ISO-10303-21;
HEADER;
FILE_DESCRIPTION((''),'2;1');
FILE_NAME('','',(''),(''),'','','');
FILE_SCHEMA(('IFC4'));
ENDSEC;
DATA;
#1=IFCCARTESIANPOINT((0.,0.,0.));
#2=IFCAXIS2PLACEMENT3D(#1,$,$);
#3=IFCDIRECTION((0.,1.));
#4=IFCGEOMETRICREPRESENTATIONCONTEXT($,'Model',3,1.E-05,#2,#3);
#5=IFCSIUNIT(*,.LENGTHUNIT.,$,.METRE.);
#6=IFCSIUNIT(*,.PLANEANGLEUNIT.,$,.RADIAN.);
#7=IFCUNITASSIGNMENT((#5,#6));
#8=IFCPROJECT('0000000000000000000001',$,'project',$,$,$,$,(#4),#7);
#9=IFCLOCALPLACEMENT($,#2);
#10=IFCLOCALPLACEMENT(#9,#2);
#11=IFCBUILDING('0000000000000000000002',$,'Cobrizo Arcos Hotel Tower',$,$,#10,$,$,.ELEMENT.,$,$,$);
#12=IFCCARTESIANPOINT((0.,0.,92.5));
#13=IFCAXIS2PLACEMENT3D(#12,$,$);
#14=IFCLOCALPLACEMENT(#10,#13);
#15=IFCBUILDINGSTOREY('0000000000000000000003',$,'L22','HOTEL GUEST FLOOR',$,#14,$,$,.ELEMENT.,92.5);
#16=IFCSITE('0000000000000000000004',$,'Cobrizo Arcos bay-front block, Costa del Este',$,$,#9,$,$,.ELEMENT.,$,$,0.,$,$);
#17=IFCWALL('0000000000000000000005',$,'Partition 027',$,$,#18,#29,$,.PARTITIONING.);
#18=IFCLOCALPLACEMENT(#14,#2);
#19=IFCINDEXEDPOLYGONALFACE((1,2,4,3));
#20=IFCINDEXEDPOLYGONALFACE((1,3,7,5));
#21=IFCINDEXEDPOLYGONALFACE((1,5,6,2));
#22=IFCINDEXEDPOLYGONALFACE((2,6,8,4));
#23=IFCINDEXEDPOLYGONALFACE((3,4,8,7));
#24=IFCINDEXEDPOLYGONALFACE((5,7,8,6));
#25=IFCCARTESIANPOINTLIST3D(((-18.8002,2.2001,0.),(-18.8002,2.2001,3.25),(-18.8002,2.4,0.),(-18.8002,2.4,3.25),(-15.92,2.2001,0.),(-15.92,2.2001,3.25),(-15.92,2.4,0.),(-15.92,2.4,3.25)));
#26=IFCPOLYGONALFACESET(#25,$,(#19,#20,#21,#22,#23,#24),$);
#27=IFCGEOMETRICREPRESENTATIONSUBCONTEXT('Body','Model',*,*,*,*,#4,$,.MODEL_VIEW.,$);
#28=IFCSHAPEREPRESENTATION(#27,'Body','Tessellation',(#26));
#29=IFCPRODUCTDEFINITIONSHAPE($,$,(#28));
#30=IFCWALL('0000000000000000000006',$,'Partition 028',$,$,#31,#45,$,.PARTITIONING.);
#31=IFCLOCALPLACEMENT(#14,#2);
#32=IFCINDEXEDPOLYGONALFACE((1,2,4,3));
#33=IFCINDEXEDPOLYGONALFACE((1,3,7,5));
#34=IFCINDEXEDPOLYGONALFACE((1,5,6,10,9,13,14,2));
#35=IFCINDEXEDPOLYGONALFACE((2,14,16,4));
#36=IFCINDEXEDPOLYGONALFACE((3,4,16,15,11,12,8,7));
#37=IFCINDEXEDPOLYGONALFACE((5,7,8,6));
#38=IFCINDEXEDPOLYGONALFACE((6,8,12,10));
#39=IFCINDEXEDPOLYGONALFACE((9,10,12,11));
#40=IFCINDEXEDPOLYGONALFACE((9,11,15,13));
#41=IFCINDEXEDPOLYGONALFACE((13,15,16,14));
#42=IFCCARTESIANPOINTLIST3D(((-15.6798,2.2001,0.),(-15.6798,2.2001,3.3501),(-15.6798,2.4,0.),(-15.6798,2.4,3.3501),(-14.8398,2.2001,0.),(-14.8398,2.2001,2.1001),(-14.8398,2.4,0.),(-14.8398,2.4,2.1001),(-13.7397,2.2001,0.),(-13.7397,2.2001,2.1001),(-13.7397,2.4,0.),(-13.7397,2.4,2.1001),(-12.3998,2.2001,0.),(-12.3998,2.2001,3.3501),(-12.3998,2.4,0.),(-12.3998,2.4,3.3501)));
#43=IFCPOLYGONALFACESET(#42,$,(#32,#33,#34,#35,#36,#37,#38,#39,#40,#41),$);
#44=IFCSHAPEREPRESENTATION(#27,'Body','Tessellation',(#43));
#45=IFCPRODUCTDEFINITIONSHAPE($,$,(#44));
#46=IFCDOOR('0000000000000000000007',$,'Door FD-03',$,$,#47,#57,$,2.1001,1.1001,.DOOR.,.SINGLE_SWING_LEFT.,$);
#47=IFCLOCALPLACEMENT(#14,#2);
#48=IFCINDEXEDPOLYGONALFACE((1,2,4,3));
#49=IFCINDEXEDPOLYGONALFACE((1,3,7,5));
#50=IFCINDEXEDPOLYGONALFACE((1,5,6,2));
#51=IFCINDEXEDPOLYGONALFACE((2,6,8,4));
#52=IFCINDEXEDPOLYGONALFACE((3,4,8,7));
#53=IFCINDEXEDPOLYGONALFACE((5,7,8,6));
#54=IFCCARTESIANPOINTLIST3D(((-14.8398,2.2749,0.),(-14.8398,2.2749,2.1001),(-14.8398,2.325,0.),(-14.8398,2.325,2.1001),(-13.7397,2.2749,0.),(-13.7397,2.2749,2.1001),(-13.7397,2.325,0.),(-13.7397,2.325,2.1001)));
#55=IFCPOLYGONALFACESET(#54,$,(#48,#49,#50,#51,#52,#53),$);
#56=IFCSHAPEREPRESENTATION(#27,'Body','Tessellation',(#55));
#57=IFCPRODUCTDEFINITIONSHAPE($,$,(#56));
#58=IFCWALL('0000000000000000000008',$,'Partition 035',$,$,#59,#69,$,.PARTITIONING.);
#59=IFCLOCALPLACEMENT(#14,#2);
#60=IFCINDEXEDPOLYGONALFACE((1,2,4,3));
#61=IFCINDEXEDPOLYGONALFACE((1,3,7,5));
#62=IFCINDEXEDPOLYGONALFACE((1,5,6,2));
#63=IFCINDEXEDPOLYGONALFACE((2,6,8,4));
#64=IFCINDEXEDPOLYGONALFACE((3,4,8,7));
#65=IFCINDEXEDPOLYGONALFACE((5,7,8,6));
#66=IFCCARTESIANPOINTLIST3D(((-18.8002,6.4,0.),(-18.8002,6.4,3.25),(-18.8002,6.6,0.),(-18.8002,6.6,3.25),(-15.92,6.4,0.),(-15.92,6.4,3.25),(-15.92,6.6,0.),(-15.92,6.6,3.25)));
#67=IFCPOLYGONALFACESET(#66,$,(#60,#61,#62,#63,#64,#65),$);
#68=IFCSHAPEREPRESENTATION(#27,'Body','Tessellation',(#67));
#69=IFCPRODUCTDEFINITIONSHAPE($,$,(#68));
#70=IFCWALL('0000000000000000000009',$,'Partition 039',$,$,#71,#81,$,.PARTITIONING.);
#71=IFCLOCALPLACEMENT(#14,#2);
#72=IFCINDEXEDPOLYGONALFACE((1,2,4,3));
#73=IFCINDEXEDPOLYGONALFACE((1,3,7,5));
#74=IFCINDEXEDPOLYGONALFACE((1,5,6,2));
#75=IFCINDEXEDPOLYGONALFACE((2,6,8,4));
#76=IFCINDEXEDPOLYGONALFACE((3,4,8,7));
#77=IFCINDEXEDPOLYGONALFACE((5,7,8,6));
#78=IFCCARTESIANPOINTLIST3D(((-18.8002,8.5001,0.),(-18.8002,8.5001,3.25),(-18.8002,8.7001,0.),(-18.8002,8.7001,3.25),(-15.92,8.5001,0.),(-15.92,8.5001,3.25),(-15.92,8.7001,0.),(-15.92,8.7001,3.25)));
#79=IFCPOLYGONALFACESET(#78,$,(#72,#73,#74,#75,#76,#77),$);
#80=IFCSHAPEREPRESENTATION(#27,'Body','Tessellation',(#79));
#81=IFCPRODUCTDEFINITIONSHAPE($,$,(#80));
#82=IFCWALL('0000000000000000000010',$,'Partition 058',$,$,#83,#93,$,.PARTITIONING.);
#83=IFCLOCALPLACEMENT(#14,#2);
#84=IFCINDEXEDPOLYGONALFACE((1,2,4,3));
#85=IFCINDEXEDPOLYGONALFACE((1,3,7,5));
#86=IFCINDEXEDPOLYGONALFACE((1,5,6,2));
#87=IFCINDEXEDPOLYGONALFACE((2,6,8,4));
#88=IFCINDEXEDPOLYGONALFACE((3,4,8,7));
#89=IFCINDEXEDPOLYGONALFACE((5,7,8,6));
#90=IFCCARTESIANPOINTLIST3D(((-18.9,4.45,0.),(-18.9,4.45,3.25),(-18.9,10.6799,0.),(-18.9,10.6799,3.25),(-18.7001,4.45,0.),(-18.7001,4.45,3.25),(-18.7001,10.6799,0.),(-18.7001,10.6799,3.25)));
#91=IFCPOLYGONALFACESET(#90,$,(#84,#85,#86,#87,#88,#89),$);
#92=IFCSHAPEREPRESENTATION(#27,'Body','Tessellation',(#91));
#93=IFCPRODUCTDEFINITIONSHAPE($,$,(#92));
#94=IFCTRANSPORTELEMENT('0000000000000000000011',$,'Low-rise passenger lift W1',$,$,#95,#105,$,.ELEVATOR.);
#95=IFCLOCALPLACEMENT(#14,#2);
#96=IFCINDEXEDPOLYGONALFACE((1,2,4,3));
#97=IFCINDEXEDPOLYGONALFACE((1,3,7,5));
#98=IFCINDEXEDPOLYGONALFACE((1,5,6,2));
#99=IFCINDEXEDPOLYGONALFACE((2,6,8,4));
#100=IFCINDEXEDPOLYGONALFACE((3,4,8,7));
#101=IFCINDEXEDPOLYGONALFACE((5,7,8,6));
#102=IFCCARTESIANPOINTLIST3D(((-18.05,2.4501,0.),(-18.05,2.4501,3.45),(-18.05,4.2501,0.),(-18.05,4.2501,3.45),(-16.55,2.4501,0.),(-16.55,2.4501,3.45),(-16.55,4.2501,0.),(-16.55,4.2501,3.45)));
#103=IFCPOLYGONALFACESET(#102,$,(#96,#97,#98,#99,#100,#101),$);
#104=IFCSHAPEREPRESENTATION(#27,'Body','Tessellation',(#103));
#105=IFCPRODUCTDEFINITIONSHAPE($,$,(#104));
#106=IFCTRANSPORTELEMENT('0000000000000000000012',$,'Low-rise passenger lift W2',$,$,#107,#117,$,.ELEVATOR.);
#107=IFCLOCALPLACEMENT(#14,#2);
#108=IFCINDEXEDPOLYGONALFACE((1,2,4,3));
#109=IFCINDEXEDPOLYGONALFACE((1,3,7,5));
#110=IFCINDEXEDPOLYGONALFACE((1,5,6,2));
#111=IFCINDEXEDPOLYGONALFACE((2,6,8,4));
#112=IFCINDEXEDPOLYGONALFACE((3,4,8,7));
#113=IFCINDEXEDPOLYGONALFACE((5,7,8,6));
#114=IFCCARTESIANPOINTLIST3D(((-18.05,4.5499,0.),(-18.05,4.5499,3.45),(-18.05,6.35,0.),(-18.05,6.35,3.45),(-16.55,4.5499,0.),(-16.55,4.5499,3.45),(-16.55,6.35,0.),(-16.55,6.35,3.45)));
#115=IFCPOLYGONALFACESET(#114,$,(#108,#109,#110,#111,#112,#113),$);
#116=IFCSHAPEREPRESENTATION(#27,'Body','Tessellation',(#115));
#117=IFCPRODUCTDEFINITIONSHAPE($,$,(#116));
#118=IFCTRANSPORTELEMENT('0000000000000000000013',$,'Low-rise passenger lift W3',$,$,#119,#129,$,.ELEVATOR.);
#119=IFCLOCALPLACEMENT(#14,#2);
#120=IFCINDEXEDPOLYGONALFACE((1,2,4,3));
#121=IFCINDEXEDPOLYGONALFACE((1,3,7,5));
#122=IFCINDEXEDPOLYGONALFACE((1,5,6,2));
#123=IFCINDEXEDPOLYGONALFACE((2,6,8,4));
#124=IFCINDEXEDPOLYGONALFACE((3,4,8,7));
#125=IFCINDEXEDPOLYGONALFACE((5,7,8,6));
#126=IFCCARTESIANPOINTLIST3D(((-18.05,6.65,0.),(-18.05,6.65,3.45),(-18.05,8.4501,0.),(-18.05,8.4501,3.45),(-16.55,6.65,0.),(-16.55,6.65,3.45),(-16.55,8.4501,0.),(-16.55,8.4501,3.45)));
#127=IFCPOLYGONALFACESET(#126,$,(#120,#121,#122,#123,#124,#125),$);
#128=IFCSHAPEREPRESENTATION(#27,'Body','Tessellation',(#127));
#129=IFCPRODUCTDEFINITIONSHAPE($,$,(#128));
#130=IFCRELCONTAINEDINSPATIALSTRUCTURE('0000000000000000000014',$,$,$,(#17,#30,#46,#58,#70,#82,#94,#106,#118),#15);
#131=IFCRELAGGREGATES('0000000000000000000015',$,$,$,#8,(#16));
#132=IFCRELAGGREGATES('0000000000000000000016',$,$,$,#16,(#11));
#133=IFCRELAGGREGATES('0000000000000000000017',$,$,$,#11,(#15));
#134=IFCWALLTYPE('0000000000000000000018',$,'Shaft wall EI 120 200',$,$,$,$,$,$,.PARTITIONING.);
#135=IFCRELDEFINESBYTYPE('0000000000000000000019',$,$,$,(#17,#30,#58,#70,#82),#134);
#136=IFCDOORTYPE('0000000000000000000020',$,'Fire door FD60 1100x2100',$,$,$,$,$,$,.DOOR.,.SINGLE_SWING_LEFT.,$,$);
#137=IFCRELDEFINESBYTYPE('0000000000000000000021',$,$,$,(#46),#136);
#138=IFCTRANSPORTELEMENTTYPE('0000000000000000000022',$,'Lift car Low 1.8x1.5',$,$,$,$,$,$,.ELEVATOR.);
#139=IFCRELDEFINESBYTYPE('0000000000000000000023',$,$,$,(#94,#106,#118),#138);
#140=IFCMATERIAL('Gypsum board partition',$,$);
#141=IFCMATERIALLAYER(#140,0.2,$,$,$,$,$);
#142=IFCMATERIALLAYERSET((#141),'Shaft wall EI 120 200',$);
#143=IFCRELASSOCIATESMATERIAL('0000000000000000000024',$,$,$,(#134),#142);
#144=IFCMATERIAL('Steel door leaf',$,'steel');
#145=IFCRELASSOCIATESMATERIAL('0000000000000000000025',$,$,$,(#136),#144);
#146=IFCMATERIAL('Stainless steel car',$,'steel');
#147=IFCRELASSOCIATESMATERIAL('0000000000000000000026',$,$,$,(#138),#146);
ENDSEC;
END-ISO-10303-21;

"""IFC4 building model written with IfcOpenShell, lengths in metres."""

from ifc_helpers import new_model, si_unit, direction, frame, frame_2d, origin, origin_2d, place, context, subcontext, project, spatial, rectangle, extrude, material, layer, layer_set, type_object, element, fill, save


model = new_model("IFC4")

# Units and contexts
model_context = context("Model", 3, precision=1e-05, world=origin(), true_north=direction((0.0, 1.0)))
body_context = subcontext(model_context, "Body", "Model", "MODEL_VIEW")
ifc_project = project(units=[si_unit("LENGTHUNIT", "METRE"), si_unit("PLANEANGLEUNIT", "RADIAN")], contexts=[model_context])

# Site, building, storey
site_placement = place(None, origin())
site = spatial("IfcSite", under=ifc_project, at=site_placement, Name="Cobrizo Arcos bay-front block, Costa del Este", CompositionType="ELEMENT", RefElevation=0.0)
building_placement = place(site_placement, origin())
building = spatial("IfcBuilding", under=site, at=building_placement, Name="Cobrizo Arcos Hotel Tower", CompositionType="ELEMENT")
storey_placement = place(building_placement, frame((0.0, 0.0, 92.5)))
storey = spatial("IfcBuildingStorey", under=building, at=storey_placement, Name="L22", Description="HOTEL GUEST FLOOR", CompositionType="ELEMENT", Elevation=92.5)

# Shared definitions
ifc_material_1 = material(Name="Gypsum board partition")

# Wall
ifc_layer_1 = layer(ifc_material_1, 0.2)
ifc_layer_set_1 = layer_set([ifc_layer_1], Name="Shaft wall EI 120 200")
wall_type_1 = type_object("IfcWallType", Name="Shaft wall EI 120 200", PredefinedType="PARTITIONING", material=ifc_layer_set_1)
for number, where, z_axis, x_axis, name in (
    (1, (-18.8, 2.3, 0.0), (0.0, 0.0, 1.0), (1.0, 0.0, 0.0), "Partition 027"),
):
    element("IfcWall", number, at=place(storey_placement, frame(where, z_axis=z_axis, x_axis=x_axis)), inside=storey, type_object=wall_type_1, Name=name, PredefinedType="PARTITIONING", context=body_context, shape_type="SweptSolid", body=[
        extrude(rectangle(XDim=2.8801, YDim=0.2, at=frame_2d((1.4399, 0.0))), origin(), (0.0, 0.0, 1.0), 3.25),
    ])

# Wall, opening, door
wall_1_placement = place(storey_placement, frame((-15.6799, 2.3, 0.0), z_axis=(0.0, 0.0, 1.0), x_axis=(1.0, 0.0, 0.0)))
wall_1 = element("IfcWall", 2, at=wall_1_placement, inside=storey, type_object=wall_type_1, Name="Partition 028", PredefinedType="PARTITIONING", context=body_context, shape_type="SweptSolid", body=[
    extrude(rectangle(XDim=3.28, YDim=0.2, at=frame_2d((1.6401, 0.0))), origin(), (0.0, 0.0, 1.0), 3.3501),
])
opening_1_placement = place(wall_1_placement, frame((0.8401, 0.0, 0.0)))
opening_1 = element("IfcOpeningElement", 3, at=opening_1_placement, cuts=wall_1, PredefinedType="OPENING", context=body_context, shape_type="SweptSolid", body=[
    extrude(rectangle(XDim=1.1001, YDim=2.1001, at=frame_2d((0.55, 1.05))), frame((0.0, 0.1121, 0.0), z_axis=(0.0, -1.0, 0.0), x_axis=(1.0, 0.0, 0.0)), (0.0, 0.0, 1.0), 0.2239),
])
ifc_material_2 = material(Name="Steel door leaf", Category="steel")
door_type_1 = type_object("IfcDoorType", Name="Fire door FD60 1100x2100", OperationType="SINGLE_SWING_LEFT", PredefinedType="DOOR", material=ifc_material_2)
door_1_placement = place(opening_1_placement, origin())
door_1 = element("IfcDoor", 4, at=door_1_placement, inside=storey, type_object=door_type_1, Name="Door FD-03", OperationType="SINGLE_SWING_LEFT", OverallHeight=2.1001, OverallWidth=1.1001, PredefinedType="DOOR", context=body_context, shape_type="SweptSolid", body=[
    extrude(rectangle(XDim=1.1001, YDim=2.1001, at=frame_2d((0.55, 1.05))), frame((0.0, 0.0249, 0.0), z_axis=(0.0, -1.0, 0.0), x_axis=(1.0, 0.0, 0.0)), (0.0, 0.0, 1.0), 0.05),
])
fill(opening_1, door_1)

# Walls
for number, where, z_axis, x_axis, name in (
    (5, (-18.8, 6.5, 0.0), (0.0, 0.0, 1.0), (1.0, 0.0, 0.0), "Partition 035"),
    (6, (-18.8, 8.6001, 0.0), (0.0, 0.0, 1.0), (1.0, 0.0, 0.0), "Partition 039"),
):
    element("IfcWall", number, at=place(storey_placement, frame(where, z_axis=z_axis, x_axis=x_axis)), inside=storey, type_object=wall_type_1, Name=name, PredefinedType="PARTITIONING", context=body_context, shape_type="SweptSolid", body=[
        extrude(rectangle(XDim=2.8801, YDim=0.2, at=frame_2d((1.4399, 0.0))), origin(), (0.0, 0.0, 1.0), 3.25),
    ])
wall_2_placement = place(storey_placement, frame((-18.8, 4.45, 0.0), z_axis=(0.0, 0.0, 1.0), x_axis=(0.0, 1.0, 0.0)))
element("IfcWall", 7, at=wall_2_placement, inside=storey, type_object=wall_type_1, Name="Partition 058", PredefinedType="PARTITIONING", context=body_context, shape_type="SweptSolid", body=[
    extrude(rectangle(XDim=6.23, YDim=0.2, at=frame_2d((3.115, 0.0))), origin(), (0.0, 0.0, 1.0), 3.25),
])

# Transport elements
ifc_material_3 = material(Name="Stainless steel car", Category="steel")
transport_element_type = type_object("IfcTransportElementType", Name="Lift car Low 1.8x1.5", PredefinedType="ELEVATOR", material=ifc_material_3)
for number, where, z_axis, x_axis, name in (
    (8, (-17.3, 3.3501, 0.0), (0.0, 0.0, 1.0), (1.0, 0.0, 0.0), "Low-rise passenger lift W1"),
    (9, (-17.3, 5.45, 0.0), (0.0, 0.0, 1.0), (1.0, 0.0, 0.0), "Low-rise passenger lift W2"),
    (10, (-17.3, 7.55, 0.0), (0.0, 0.0, 1.0), (1.0, 0.0, 0.0), "Low-rise passenger lift W3"),
):
    element("IfcTransportElement", number, at=place(storey_placement, frame(where, z_axis=z_axis, x_axis=x_axis)), inside=storey, type_object=transport_element_type, Name=name, PredefinedType="ELEVATOR", context=body_context, shape_type="SweptSolid", body=[
        extrude(rectangle(XDim=1.5, YDim=1.8, at=origin_2d()), origin(), (0.0, 0.0, 1.0), 3.45),
    ])

save(model, "model.ifc")
